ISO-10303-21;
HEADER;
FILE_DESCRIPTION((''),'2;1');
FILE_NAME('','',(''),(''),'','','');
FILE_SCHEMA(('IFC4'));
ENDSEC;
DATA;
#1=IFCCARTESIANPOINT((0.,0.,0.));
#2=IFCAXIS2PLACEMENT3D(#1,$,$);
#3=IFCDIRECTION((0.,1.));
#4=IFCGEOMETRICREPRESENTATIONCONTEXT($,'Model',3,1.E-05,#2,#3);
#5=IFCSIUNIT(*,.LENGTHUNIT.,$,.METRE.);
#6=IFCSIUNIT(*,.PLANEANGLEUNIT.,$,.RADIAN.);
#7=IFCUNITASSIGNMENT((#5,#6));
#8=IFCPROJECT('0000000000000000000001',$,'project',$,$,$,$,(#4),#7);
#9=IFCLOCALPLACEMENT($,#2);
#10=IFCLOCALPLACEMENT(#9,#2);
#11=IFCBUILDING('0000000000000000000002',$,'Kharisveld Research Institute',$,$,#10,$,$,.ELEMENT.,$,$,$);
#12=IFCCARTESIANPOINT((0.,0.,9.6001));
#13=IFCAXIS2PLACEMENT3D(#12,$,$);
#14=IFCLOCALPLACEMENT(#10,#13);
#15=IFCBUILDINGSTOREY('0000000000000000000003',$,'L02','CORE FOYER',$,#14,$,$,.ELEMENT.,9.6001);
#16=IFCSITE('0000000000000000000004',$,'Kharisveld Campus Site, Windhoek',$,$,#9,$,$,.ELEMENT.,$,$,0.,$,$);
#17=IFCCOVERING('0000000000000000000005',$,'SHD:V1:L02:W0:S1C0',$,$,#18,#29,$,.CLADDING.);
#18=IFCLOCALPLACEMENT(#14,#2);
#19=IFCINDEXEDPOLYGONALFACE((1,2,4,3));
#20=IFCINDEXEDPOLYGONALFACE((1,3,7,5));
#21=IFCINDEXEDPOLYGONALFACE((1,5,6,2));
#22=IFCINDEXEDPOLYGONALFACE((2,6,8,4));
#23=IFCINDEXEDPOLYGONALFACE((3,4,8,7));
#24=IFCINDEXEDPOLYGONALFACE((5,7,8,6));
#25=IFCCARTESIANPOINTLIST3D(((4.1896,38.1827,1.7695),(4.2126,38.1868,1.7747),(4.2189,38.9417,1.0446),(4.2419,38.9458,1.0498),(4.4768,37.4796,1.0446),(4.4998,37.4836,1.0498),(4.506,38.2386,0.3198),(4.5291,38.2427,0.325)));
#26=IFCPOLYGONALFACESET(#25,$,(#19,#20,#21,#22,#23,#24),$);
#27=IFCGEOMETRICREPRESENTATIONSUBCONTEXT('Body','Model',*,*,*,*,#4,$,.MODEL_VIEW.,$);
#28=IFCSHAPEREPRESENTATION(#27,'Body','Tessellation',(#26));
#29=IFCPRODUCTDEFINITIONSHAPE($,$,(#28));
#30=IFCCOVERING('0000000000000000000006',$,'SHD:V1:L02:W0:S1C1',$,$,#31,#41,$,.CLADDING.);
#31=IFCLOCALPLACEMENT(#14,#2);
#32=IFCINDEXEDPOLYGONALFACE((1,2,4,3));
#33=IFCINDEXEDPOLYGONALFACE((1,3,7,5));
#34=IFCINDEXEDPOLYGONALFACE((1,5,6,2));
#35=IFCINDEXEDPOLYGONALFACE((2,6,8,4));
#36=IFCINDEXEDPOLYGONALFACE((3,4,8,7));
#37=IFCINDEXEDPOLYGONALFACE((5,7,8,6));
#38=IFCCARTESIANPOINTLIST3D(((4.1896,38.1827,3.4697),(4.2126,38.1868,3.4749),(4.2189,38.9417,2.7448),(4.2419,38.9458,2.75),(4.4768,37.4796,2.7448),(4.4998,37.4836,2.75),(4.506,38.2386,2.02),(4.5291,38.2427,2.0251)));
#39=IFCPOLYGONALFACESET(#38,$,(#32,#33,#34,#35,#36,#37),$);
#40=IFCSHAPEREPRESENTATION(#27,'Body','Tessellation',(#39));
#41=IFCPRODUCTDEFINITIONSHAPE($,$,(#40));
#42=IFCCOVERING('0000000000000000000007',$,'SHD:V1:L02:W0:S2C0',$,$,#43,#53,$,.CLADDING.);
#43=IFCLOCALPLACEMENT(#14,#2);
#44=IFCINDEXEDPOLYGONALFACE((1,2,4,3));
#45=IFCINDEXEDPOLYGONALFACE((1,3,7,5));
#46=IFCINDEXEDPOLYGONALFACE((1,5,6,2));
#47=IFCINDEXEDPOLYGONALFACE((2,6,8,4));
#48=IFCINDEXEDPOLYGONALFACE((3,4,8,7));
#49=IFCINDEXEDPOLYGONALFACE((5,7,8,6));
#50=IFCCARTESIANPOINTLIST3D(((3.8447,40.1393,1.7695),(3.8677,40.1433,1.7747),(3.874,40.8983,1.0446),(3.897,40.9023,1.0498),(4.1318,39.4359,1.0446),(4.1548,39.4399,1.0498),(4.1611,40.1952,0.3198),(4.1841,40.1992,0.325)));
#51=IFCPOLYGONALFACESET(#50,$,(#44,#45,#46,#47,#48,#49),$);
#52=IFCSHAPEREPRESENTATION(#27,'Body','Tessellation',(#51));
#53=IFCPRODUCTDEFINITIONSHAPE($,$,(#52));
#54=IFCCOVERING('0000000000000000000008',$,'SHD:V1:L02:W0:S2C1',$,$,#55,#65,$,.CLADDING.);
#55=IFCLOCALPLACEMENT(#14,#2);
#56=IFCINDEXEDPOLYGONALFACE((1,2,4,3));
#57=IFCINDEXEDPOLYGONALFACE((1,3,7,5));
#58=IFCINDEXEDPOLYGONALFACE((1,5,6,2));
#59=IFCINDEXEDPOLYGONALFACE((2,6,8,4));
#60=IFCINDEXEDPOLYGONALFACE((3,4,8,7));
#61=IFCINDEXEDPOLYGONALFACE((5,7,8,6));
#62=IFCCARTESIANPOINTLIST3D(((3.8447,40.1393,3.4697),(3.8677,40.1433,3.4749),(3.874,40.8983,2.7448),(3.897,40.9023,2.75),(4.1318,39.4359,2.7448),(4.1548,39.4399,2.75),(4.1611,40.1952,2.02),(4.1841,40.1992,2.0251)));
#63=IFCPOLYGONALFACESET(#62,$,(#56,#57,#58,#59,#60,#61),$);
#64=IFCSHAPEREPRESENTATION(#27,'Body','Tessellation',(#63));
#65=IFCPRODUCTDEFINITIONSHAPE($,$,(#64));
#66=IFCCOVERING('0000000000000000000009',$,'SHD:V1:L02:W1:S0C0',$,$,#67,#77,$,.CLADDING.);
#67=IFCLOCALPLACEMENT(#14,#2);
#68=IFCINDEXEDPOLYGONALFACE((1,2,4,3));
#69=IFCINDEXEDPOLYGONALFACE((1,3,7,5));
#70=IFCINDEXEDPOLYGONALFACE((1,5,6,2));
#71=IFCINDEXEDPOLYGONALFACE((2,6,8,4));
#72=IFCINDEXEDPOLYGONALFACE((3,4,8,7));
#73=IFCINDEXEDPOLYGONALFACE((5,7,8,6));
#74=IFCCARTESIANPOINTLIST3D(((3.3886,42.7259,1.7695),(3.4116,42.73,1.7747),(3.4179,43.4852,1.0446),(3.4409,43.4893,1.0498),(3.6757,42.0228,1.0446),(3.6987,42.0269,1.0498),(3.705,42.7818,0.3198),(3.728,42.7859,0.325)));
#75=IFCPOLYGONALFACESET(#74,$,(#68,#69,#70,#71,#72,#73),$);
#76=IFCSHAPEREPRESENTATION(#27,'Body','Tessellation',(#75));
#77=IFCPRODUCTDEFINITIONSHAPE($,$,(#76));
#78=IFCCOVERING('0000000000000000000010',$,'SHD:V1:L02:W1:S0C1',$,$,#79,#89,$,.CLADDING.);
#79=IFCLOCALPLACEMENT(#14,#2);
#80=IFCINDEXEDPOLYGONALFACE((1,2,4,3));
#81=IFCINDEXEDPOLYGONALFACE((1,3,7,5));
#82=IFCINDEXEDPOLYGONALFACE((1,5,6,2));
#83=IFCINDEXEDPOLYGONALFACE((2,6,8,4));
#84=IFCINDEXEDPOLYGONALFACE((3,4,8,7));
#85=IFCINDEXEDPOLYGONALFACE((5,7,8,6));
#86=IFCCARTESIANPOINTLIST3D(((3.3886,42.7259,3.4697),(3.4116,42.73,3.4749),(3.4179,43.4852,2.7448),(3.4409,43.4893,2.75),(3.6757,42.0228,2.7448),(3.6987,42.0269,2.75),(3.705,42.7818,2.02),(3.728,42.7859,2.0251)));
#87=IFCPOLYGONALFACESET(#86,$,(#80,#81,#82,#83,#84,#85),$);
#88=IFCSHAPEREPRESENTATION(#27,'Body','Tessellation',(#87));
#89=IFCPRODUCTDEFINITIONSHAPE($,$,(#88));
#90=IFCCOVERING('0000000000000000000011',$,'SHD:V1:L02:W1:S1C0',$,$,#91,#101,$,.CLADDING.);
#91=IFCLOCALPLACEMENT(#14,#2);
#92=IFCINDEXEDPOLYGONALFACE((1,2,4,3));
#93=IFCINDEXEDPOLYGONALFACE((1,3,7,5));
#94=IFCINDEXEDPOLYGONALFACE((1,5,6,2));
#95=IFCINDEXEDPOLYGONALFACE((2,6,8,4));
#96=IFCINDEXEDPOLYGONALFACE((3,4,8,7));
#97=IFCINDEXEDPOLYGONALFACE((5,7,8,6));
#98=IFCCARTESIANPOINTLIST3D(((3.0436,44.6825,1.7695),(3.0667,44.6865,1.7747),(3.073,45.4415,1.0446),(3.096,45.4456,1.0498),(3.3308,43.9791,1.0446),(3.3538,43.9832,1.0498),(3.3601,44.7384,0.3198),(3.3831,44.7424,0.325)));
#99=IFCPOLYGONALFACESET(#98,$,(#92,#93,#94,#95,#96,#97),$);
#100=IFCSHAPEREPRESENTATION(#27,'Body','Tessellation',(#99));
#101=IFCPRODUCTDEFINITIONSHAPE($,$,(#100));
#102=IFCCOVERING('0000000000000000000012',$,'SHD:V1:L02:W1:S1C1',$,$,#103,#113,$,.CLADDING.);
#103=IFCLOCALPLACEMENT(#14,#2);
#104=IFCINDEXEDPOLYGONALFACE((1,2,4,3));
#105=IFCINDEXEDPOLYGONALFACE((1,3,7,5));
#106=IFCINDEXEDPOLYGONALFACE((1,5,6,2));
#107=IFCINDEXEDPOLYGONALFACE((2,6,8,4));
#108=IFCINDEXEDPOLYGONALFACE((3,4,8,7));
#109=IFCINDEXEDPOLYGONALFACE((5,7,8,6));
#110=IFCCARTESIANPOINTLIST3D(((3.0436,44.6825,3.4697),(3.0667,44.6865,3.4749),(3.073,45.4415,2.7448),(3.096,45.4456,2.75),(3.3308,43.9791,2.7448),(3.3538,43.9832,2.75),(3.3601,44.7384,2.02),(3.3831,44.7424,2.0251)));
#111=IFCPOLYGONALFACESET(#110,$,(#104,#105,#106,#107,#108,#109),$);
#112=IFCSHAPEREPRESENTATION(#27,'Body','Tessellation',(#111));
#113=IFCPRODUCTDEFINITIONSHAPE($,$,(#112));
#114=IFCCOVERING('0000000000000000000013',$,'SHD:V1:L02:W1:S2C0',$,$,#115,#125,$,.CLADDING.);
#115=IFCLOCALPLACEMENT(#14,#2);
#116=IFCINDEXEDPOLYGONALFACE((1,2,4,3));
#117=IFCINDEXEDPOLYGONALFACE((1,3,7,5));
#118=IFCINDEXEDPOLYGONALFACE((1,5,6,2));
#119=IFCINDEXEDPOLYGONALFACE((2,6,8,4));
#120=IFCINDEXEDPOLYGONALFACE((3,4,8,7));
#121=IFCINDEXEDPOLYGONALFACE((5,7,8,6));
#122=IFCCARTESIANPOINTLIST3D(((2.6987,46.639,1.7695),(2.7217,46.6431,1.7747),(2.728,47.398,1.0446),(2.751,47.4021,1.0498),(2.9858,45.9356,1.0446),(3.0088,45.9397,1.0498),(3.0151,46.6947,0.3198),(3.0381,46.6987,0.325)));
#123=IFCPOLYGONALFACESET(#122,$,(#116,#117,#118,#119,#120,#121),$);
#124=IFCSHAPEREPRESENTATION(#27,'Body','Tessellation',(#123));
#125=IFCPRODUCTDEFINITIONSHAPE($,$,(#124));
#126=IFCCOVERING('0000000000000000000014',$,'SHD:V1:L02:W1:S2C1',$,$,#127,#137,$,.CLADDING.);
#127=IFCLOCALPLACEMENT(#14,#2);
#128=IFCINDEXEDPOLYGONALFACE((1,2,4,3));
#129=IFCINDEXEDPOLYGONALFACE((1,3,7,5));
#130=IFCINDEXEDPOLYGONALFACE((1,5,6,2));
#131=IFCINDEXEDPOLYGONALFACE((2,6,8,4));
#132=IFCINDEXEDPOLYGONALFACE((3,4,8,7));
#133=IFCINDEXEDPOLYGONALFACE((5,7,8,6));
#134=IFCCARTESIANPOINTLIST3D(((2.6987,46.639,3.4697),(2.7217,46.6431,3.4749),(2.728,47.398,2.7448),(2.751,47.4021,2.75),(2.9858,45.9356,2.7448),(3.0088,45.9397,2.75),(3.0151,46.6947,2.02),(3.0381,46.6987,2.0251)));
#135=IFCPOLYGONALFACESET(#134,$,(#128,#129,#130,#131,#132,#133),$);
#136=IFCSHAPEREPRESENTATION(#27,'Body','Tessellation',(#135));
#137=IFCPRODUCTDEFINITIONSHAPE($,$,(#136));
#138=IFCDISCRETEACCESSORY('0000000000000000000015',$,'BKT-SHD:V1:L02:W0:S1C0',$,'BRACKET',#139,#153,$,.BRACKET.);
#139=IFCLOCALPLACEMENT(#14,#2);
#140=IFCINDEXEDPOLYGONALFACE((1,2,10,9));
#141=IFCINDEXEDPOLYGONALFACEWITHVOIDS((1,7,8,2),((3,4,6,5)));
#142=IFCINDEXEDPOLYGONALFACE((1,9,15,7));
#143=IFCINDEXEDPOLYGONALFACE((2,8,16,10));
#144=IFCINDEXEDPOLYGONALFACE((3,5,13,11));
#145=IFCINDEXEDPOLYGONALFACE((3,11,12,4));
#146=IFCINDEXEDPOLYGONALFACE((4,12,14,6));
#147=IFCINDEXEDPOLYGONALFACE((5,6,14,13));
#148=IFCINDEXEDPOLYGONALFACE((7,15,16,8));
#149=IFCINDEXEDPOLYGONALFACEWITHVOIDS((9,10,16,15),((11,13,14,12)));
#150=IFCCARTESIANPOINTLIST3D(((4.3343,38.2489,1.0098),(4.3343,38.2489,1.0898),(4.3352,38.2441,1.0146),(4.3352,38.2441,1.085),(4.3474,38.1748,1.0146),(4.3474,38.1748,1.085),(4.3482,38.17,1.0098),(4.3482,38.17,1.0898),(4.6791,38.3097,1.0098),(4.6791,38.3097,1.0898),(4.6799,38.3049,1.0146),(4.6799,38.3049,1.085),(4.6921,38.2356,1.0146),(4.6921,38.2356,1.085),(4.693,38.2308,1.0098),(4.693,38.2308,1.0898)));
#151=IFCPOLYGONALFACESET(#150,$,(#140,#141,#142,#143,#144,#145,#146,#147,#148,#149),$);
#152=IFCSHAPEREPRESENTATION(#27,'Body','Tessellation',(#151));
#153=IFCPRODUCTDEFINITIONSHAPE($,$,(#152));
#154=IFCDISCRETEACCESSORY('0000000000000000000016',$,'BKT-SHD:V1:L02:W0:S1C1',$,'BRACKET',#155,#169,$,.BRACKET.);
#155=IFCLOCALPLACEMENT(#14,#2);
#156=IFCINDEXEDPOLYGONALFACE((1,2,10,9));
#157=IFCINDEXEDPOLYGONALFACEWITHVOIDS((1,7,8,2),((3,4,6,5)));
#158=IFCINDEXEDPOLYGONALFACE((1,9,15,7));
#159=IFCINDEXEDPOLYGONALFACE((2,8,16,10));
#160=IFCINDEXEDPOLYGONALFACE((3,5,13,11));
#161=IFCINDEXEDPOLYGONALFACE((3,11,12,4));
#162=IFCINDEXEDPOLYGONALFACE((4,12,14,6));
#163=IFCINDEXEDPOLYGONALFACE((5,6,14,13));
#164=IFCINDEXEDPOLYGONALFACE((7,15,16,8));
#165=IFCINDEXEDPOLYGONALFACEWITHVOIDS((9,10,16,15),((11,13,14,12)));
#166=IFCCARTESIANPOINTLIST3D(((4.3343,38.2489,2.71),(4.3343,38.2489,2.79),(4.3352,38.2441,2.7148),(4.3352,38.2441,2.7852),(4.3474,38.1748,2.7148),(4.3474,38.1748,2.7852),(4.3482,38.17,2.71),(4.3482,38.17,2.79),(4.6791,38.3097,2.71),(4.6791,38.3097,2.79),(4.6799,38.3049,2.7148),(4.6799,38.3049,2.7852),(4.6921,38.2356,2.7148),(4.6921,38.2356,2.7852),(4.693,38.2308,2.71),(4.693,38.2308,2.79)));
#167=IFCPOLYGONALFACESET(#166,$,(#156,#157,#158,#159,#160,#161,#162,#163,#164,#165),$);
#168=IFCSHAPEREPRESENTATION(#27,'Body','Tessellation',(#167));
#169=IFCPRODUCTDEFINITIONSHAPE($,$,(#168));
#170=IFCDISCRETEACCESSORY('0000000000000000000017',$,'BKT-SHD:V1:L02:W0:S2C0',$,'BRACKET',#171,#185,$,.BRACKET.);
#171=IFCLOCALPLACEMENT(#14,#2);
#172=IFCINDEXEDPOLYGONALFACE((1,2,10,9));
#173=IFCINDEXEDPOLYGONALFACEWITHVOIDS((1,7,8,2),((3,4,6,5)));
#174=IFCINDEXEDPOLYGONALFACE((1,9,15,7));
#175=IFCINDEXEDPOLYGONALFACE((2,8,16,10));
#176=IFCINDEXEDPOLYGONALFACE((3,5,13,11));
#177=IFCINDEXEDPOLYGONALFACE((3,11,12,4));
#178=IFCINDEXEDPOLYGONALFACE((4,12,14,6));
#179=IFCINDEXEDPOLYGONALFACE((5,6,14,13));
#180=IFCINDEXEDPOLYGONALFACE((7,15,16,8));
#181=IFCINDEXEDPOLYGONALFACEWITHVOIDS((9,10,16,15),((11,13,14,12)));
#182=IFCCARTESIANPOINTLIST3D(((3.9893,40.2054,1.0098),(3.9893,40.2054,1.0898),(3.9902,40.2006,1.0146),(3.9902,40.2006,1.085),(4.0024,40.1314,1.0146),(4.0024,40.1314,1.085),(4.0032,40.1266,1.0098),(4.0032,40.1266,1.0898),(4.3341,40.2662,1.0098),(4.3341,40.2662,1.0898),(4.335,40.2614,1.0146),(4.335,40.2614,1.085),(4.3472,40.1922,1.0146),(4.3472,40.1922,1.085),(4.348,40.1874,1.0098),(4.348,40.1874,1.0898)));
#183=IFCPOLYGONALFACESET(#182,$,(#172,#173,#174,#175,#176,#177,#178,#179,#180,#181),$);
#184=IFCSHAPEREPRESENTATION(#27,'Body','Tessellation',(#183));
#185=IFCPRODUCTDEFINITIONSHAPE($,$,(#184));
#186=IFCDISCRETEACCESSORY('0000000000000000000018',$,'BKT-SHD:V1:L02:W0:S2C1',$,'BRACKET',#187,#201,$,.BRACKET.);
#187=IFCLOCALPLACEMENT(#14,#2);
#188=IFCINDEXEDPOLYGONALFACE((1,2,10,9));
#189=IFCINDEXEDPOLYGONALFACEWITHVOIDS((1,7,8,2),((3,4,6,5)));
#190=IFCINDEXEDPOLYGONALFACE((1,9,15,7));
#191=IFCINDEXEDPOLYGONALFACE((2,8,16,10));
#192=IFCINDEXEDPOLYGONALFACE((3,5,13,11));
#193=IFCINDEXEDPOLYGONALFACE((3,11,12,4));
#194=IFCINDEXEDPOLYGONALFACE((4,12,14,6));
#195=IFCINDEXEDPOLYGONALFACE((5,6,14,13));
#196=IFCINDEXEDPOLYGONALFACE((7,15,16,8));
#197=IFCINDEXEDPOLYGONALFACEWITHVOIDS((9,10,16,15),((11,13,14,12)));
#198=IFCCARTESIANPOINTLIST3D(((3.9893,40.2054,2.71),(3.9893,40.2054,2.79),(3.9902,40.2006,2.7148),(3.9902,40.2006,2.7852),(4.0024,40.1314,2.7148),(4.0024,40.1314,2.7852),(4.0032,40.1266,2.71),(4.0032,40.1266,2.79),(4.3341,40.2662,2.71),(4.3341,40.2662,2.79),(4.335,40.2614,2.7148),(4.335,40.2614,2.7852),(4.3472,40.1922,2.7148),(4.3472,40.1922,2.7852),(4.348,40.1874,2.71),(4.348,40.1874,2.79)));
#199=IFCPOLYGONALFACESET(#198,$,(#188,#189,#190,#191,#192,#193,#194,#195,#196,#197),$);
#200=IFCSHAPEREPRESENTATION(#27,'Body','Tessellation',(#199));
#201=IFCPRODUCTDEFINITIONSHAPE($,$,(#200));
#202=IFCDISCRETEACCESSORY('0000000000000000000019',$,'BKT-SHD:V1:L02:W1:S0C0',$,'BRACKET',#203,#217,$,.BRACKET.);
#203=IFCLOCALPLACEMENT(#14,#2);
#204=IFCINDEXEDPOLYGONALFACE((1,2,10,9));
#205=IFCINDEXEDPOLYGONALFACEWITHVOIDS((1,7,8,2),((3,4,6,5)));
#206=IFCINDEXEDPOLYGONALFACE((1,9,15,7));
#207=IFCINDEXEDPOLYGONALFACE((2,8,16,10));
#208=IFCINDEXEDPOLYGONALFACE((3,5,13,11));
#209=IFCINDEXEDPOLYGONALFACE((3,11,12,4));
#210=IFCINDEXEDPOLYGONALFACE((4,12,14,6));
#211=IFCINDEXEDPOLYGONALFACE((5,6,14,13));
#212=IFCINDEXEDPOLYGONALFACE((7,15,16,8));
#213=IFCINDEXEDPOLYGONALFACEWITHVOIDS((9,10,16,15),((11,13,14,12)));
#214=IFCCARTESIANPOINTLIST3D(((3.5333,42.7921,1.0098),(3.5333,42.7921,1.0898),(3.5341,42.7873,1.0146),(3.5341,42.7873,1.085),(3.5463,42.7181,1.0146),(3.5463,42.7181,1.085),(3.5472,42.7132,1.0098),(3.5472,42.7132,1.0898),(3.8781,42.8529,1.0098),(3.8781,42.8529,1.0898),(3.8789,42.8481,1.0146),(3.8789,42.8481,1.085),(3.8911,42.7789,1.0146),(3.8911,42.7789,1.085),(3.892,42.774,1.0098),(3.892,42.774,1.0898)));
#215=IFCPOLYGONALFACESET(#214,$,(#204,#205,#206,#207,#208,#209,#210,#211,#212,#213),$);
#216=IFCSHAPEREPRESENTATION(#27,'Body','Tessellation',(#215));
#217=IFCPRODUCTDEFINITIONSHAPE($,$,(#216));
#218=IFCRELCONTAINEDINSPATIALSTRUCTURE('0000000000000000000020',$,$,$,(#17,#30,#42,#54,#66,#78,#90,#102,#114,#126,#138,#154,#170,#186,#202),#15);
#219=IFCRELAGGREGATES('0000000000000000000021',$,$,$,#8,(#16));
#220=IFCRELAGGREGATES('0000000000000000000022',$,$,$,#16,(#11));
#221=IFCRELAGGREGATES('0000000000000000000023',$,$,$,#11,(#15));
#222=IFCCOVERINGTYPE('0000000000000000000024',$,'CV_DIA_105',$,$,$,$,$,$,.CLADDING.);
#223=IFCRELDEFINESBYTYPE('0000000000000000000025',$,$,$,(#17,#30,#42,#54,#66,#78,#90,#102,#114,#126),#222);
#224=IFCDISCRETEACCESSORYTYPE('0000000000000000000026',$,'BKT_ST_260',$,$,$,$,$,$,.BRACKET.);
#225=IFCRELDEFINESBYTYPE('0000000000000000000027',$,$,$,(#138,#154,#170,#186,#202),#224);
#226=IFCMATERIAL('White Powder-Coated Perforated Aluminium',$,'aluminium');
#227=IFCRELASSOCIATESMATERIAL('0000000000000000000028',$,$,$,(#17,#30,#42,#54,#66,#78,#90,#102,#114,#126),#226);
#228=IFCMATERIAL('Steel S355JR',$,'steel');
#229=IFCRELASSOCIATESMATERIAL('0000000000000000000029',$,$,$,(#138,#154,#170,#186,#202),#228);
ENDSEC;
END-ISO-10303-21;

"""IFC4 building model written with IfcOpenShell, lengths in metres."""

from ifc_helpers import new_model, si_unit, direction, frame, origin, origin_2d, place, context, subcontext, project, spatial, polyline, hollow_rectangle, outline, extrude, material, type_object, element, save


model = new_model("IFC4")

# Units and contexts
model_context = context("Model", 3, precision=1e-05, world=origin(), true_north=direction((0.0, 1.0)))
body_context = subcontext(model_context, "Body", "Model", "MODEL_VIEW")
ifc_project = project(units=[si_unit("LENGTHUNIT", "METRE"), si_unit("PLANEANGLEUNIT", "RADIAN")], contexts=[model_context])

# Site, building, storey
site_placement = place(None, origin())
site = spatial("IfcSite", under=ifc_project, at=site_placement, Name="Kharisveld Campus Site, Windhoek", CompositionType="ELEMENT", RefElevation=0.0)
building_placement = place(site_placement, origin())
building = spatial("IfcBuilding", under=site, at=building_placement, Name="Kharisveld Research Institute", CompositionType="ELEMENT")
storey_placement = place(building_placement, frame((0.0, 0.0, 9.6001)))
storey = spatial("IfcBuildingStorey", under=building, at=storey_placement, Name="L02", Description="CORE FOYER", CompositionType="ELEMENT", Elevation=9.6001)

# Coverings
ifc_material_1 = material(Name="White Powder-Coated Perforated Aluminium", Category="aluminium")
covering_type = type_object("IfcCoveringType", Name="CV_DIA_105", PredefinedType="CLADDING")
for number, where, z_axis, x_axis, name in (
    (1, (4.5291, 38.2427, 0.325), (0.961476, 0.169531, 0.216385), (-0.273471, 0.669725, 0.690421), "SHD:V1:L02:W0:S1C0"),
    (2, (4.5291, 38.2427, 2.0251), (0.961476, 0.169531, 0.216385), (-0.273471, 0.669725, 0.690421), "SHD:V1:L02:W0:S1C1"),
):
    element("IfcCovering", number, at=place(storey_placement, frame(where, z_axis=z_axis, x_axis=x_axis)), inside=storey, type_object=covering_type, material=ifc_material_1, Name=name, PredefinedType="CLADDING", context=body_context, shape_type="SweptSolid", body=[
        extrude(outline(polyline([(0.0, 0.0), (1.0499, 0.0), (1.05, 1.05), (0.0001, 1.05), (0.0, 0.0)])), origin(), (0.0, 0.0, -1.0), 0.0239),
    ])
for number, where, z_axis, x_axis, name in (
    (3, (4.1841, 40.1992, 0.325), (0.961481, 0.169503, 0.216385), (-0.273452, 0.669728, 0.690426), "SHD:V1:L02:W0:S2C0"),
    (4, (4.1841, 40.1992, 2.0251), (0.961481, 0.169503, 0.216385), (-0.273452, 0.669728, 0.690426), "SHD:V1:L02:W0:S2C1"),
):
    element("IfcCovering", number, at=place(storey_placement, frame(where, z_axis=z_axis, x_axis=x_axis)), inside=storey, type_object=covering_type, material=ifc_material_1, Name=name, PredefinedType="CLADDING", context=body_context, shape_type="SweptSolid", body=[
        extrude(outline(polyline([(0.0, 0.0), (1.0499, 0.0), (1.05, 1.05), (0.0, 1.0501), (0.0, 0.0)])), origin(), (0.0, 0.0, -1.0), 0.0239),
    ])
for number, where, z_axis, x_axis, name in (
    (5, (3.728, 42.7859, 0.325), (0.961481, 0.169503, 0.216385), (-0.273447, 0.66985, 0.69031), "SHD:V1:L02:W1:S0C0"),
    (6, (3.728, 42.7859, 2.0251), (0.961481, 0.169503, 0.216385), (-0.273447, 0.66985, 0.69031), "SHD:V1:L02:W1:S0C1"),
):
    element("IfcCovering", number, at=place(storey_placement, frame(where, z_axis=z_axis, x_axis=x_axis)), inside=storey, type_object=covering_type, material=ifc_material_1, Name=name, PredefinedType="CLADDING", context=body_context, shape_type="SweptSolid", body=[
        extrude(outline(polyline([(0.0, 0.0), (1.05, 0.0), (1.0498, 1.0501), (-0.0001, 1.05), (0.0, 0.0)])), origin(), (0.0, 0.0, -1.0), 0.0239),
    ])
for number, where, z_axis, x_axis, name in (
    (7, (3.3831, 44.7424, 0.325), (0.961481, 0.169503, 0.216385), (-0.273452, 0.669728, 0.690426), "SHD:V1:L02:W1:S1C0"),
    (8, (3.3831, 44.7424, 2.0251), (0.961481, 0.169503, 0.216385), (-0.273452, 0.669728, 0.690426), "SHD:V1:L02:W1:S1C1"),
):
    element("IfcCovering", number, at=place(storey_placement, frame(where, z_axis=z_axis, x_axis=x_axis)), inside=storey, type_object=covering_type, material=ifc_material_1, Name=name, PredefinedType="CLADDING", context=body_context, shape_type="SweptSolid", body=[
        extrude(outline(polyline([(0.0, 0.0), (1.0499, 0.0), (1.05, 1.05), (0.0, 1.0501), (0.0, 0.0)])), origin(), (0.0, 0.0, -1.0), 0.0239),
    ])
for number, where, z_axis, x_axis, name in (
    (9, (3.0381, 46.6987, 0.325), (0.961487, 0.169504, 0.216358), (-0.273429, 0.669853, 0.690314), "SHD:V1:L02:W1:S2C0"),
    (10, (3.0381, 46.6987, 2.0251), (0.961487, 0.169504, 0.216358), (-0.273429, 0.669853, 0.690314), "SHD:V1:L02:W1:S2C1"),
):
    element("IfcCovering", number, at=place(storey_placement, frame(where, z_axis=z_axis, x_axis=x_axis)), inside=storey, type_object=covering_type, material=ifc_material_1, Name=name, PredefinedType="CLADDING", context=body_context, shape_type="SweptSolid", body=[
        extrude(outline(polyline([(0.0, 0.0), (1.05, 0.0), (1.05, 1.05), (-0.0001, 1.05), (0.0, 0.0)])), origin(), (0.0, 0.0, -1.0), 0.0239),
    ])

# Discrete accessories
ifc_material_2 = material(Name="Steel S355JR", Category="steel")
discrete_accessory_type = type_object("IfcDiscreteAccessoryType", Name="BKT_ST_260", PredefinedType="BRACKET")
for number, where, z_axis, x_axis, name in (
    (11, (4.686, 38.2703, 1.0498), (-0.984805, -0.173666, 0.0), (0.173666, -0.984805, 0.0), "BKT-SHD:V1:L02:W0:S1C0"),
    (12, (4.686, 38.2703, 2.75), (-0.984805, -0.173666, 0.0), (0.173666, -0.984805, 0.0), "BKT-SHD:V1:L02:W0:S1C1"),
    (13, (4.3411, 40.2268, 1.0498), (-0.984805, -0.173666, 0.0), (0.173666, -0.984805, 0.0), "BKT-SHD:V1:L02:W0:S2C0"),
    (14, (4.3411, 40.2268, 2.75), (-0.984805, -0.173666, 0.0), (0.173666, -0.984805, 0.0), "BKT-SHD:V1:L02:W0:S2C1"),
    (15, (3.885, 42.8135, 1.0498), (-0.984805, -0.173666, 0.0), (0.173666, -0.984805, 0.0), "BKT-SHD:V1:L02:W1:S0C0"),
):
    element("IfcDiscreteAccessory", number, at=place(storey_placement, frame(where, z_axis=z_axis, x_axis=x_axis)), inside=storey, type_object=discrete_accessory_type, material=ifc_material_2, Name=name, ObjectType="BRACKET", PredefinedType="BRACKET", context=body_context, shape_type="SweptSolid", body=[
        extrude(hollow_rectangle(XDim=0.0801, YDim=0.0801, WallThickness=0.0049, at=origin_2d()), origin(), (0.0, 0.0, 1.0), 0.3501),
    ])

save(model, "model.ifc")
